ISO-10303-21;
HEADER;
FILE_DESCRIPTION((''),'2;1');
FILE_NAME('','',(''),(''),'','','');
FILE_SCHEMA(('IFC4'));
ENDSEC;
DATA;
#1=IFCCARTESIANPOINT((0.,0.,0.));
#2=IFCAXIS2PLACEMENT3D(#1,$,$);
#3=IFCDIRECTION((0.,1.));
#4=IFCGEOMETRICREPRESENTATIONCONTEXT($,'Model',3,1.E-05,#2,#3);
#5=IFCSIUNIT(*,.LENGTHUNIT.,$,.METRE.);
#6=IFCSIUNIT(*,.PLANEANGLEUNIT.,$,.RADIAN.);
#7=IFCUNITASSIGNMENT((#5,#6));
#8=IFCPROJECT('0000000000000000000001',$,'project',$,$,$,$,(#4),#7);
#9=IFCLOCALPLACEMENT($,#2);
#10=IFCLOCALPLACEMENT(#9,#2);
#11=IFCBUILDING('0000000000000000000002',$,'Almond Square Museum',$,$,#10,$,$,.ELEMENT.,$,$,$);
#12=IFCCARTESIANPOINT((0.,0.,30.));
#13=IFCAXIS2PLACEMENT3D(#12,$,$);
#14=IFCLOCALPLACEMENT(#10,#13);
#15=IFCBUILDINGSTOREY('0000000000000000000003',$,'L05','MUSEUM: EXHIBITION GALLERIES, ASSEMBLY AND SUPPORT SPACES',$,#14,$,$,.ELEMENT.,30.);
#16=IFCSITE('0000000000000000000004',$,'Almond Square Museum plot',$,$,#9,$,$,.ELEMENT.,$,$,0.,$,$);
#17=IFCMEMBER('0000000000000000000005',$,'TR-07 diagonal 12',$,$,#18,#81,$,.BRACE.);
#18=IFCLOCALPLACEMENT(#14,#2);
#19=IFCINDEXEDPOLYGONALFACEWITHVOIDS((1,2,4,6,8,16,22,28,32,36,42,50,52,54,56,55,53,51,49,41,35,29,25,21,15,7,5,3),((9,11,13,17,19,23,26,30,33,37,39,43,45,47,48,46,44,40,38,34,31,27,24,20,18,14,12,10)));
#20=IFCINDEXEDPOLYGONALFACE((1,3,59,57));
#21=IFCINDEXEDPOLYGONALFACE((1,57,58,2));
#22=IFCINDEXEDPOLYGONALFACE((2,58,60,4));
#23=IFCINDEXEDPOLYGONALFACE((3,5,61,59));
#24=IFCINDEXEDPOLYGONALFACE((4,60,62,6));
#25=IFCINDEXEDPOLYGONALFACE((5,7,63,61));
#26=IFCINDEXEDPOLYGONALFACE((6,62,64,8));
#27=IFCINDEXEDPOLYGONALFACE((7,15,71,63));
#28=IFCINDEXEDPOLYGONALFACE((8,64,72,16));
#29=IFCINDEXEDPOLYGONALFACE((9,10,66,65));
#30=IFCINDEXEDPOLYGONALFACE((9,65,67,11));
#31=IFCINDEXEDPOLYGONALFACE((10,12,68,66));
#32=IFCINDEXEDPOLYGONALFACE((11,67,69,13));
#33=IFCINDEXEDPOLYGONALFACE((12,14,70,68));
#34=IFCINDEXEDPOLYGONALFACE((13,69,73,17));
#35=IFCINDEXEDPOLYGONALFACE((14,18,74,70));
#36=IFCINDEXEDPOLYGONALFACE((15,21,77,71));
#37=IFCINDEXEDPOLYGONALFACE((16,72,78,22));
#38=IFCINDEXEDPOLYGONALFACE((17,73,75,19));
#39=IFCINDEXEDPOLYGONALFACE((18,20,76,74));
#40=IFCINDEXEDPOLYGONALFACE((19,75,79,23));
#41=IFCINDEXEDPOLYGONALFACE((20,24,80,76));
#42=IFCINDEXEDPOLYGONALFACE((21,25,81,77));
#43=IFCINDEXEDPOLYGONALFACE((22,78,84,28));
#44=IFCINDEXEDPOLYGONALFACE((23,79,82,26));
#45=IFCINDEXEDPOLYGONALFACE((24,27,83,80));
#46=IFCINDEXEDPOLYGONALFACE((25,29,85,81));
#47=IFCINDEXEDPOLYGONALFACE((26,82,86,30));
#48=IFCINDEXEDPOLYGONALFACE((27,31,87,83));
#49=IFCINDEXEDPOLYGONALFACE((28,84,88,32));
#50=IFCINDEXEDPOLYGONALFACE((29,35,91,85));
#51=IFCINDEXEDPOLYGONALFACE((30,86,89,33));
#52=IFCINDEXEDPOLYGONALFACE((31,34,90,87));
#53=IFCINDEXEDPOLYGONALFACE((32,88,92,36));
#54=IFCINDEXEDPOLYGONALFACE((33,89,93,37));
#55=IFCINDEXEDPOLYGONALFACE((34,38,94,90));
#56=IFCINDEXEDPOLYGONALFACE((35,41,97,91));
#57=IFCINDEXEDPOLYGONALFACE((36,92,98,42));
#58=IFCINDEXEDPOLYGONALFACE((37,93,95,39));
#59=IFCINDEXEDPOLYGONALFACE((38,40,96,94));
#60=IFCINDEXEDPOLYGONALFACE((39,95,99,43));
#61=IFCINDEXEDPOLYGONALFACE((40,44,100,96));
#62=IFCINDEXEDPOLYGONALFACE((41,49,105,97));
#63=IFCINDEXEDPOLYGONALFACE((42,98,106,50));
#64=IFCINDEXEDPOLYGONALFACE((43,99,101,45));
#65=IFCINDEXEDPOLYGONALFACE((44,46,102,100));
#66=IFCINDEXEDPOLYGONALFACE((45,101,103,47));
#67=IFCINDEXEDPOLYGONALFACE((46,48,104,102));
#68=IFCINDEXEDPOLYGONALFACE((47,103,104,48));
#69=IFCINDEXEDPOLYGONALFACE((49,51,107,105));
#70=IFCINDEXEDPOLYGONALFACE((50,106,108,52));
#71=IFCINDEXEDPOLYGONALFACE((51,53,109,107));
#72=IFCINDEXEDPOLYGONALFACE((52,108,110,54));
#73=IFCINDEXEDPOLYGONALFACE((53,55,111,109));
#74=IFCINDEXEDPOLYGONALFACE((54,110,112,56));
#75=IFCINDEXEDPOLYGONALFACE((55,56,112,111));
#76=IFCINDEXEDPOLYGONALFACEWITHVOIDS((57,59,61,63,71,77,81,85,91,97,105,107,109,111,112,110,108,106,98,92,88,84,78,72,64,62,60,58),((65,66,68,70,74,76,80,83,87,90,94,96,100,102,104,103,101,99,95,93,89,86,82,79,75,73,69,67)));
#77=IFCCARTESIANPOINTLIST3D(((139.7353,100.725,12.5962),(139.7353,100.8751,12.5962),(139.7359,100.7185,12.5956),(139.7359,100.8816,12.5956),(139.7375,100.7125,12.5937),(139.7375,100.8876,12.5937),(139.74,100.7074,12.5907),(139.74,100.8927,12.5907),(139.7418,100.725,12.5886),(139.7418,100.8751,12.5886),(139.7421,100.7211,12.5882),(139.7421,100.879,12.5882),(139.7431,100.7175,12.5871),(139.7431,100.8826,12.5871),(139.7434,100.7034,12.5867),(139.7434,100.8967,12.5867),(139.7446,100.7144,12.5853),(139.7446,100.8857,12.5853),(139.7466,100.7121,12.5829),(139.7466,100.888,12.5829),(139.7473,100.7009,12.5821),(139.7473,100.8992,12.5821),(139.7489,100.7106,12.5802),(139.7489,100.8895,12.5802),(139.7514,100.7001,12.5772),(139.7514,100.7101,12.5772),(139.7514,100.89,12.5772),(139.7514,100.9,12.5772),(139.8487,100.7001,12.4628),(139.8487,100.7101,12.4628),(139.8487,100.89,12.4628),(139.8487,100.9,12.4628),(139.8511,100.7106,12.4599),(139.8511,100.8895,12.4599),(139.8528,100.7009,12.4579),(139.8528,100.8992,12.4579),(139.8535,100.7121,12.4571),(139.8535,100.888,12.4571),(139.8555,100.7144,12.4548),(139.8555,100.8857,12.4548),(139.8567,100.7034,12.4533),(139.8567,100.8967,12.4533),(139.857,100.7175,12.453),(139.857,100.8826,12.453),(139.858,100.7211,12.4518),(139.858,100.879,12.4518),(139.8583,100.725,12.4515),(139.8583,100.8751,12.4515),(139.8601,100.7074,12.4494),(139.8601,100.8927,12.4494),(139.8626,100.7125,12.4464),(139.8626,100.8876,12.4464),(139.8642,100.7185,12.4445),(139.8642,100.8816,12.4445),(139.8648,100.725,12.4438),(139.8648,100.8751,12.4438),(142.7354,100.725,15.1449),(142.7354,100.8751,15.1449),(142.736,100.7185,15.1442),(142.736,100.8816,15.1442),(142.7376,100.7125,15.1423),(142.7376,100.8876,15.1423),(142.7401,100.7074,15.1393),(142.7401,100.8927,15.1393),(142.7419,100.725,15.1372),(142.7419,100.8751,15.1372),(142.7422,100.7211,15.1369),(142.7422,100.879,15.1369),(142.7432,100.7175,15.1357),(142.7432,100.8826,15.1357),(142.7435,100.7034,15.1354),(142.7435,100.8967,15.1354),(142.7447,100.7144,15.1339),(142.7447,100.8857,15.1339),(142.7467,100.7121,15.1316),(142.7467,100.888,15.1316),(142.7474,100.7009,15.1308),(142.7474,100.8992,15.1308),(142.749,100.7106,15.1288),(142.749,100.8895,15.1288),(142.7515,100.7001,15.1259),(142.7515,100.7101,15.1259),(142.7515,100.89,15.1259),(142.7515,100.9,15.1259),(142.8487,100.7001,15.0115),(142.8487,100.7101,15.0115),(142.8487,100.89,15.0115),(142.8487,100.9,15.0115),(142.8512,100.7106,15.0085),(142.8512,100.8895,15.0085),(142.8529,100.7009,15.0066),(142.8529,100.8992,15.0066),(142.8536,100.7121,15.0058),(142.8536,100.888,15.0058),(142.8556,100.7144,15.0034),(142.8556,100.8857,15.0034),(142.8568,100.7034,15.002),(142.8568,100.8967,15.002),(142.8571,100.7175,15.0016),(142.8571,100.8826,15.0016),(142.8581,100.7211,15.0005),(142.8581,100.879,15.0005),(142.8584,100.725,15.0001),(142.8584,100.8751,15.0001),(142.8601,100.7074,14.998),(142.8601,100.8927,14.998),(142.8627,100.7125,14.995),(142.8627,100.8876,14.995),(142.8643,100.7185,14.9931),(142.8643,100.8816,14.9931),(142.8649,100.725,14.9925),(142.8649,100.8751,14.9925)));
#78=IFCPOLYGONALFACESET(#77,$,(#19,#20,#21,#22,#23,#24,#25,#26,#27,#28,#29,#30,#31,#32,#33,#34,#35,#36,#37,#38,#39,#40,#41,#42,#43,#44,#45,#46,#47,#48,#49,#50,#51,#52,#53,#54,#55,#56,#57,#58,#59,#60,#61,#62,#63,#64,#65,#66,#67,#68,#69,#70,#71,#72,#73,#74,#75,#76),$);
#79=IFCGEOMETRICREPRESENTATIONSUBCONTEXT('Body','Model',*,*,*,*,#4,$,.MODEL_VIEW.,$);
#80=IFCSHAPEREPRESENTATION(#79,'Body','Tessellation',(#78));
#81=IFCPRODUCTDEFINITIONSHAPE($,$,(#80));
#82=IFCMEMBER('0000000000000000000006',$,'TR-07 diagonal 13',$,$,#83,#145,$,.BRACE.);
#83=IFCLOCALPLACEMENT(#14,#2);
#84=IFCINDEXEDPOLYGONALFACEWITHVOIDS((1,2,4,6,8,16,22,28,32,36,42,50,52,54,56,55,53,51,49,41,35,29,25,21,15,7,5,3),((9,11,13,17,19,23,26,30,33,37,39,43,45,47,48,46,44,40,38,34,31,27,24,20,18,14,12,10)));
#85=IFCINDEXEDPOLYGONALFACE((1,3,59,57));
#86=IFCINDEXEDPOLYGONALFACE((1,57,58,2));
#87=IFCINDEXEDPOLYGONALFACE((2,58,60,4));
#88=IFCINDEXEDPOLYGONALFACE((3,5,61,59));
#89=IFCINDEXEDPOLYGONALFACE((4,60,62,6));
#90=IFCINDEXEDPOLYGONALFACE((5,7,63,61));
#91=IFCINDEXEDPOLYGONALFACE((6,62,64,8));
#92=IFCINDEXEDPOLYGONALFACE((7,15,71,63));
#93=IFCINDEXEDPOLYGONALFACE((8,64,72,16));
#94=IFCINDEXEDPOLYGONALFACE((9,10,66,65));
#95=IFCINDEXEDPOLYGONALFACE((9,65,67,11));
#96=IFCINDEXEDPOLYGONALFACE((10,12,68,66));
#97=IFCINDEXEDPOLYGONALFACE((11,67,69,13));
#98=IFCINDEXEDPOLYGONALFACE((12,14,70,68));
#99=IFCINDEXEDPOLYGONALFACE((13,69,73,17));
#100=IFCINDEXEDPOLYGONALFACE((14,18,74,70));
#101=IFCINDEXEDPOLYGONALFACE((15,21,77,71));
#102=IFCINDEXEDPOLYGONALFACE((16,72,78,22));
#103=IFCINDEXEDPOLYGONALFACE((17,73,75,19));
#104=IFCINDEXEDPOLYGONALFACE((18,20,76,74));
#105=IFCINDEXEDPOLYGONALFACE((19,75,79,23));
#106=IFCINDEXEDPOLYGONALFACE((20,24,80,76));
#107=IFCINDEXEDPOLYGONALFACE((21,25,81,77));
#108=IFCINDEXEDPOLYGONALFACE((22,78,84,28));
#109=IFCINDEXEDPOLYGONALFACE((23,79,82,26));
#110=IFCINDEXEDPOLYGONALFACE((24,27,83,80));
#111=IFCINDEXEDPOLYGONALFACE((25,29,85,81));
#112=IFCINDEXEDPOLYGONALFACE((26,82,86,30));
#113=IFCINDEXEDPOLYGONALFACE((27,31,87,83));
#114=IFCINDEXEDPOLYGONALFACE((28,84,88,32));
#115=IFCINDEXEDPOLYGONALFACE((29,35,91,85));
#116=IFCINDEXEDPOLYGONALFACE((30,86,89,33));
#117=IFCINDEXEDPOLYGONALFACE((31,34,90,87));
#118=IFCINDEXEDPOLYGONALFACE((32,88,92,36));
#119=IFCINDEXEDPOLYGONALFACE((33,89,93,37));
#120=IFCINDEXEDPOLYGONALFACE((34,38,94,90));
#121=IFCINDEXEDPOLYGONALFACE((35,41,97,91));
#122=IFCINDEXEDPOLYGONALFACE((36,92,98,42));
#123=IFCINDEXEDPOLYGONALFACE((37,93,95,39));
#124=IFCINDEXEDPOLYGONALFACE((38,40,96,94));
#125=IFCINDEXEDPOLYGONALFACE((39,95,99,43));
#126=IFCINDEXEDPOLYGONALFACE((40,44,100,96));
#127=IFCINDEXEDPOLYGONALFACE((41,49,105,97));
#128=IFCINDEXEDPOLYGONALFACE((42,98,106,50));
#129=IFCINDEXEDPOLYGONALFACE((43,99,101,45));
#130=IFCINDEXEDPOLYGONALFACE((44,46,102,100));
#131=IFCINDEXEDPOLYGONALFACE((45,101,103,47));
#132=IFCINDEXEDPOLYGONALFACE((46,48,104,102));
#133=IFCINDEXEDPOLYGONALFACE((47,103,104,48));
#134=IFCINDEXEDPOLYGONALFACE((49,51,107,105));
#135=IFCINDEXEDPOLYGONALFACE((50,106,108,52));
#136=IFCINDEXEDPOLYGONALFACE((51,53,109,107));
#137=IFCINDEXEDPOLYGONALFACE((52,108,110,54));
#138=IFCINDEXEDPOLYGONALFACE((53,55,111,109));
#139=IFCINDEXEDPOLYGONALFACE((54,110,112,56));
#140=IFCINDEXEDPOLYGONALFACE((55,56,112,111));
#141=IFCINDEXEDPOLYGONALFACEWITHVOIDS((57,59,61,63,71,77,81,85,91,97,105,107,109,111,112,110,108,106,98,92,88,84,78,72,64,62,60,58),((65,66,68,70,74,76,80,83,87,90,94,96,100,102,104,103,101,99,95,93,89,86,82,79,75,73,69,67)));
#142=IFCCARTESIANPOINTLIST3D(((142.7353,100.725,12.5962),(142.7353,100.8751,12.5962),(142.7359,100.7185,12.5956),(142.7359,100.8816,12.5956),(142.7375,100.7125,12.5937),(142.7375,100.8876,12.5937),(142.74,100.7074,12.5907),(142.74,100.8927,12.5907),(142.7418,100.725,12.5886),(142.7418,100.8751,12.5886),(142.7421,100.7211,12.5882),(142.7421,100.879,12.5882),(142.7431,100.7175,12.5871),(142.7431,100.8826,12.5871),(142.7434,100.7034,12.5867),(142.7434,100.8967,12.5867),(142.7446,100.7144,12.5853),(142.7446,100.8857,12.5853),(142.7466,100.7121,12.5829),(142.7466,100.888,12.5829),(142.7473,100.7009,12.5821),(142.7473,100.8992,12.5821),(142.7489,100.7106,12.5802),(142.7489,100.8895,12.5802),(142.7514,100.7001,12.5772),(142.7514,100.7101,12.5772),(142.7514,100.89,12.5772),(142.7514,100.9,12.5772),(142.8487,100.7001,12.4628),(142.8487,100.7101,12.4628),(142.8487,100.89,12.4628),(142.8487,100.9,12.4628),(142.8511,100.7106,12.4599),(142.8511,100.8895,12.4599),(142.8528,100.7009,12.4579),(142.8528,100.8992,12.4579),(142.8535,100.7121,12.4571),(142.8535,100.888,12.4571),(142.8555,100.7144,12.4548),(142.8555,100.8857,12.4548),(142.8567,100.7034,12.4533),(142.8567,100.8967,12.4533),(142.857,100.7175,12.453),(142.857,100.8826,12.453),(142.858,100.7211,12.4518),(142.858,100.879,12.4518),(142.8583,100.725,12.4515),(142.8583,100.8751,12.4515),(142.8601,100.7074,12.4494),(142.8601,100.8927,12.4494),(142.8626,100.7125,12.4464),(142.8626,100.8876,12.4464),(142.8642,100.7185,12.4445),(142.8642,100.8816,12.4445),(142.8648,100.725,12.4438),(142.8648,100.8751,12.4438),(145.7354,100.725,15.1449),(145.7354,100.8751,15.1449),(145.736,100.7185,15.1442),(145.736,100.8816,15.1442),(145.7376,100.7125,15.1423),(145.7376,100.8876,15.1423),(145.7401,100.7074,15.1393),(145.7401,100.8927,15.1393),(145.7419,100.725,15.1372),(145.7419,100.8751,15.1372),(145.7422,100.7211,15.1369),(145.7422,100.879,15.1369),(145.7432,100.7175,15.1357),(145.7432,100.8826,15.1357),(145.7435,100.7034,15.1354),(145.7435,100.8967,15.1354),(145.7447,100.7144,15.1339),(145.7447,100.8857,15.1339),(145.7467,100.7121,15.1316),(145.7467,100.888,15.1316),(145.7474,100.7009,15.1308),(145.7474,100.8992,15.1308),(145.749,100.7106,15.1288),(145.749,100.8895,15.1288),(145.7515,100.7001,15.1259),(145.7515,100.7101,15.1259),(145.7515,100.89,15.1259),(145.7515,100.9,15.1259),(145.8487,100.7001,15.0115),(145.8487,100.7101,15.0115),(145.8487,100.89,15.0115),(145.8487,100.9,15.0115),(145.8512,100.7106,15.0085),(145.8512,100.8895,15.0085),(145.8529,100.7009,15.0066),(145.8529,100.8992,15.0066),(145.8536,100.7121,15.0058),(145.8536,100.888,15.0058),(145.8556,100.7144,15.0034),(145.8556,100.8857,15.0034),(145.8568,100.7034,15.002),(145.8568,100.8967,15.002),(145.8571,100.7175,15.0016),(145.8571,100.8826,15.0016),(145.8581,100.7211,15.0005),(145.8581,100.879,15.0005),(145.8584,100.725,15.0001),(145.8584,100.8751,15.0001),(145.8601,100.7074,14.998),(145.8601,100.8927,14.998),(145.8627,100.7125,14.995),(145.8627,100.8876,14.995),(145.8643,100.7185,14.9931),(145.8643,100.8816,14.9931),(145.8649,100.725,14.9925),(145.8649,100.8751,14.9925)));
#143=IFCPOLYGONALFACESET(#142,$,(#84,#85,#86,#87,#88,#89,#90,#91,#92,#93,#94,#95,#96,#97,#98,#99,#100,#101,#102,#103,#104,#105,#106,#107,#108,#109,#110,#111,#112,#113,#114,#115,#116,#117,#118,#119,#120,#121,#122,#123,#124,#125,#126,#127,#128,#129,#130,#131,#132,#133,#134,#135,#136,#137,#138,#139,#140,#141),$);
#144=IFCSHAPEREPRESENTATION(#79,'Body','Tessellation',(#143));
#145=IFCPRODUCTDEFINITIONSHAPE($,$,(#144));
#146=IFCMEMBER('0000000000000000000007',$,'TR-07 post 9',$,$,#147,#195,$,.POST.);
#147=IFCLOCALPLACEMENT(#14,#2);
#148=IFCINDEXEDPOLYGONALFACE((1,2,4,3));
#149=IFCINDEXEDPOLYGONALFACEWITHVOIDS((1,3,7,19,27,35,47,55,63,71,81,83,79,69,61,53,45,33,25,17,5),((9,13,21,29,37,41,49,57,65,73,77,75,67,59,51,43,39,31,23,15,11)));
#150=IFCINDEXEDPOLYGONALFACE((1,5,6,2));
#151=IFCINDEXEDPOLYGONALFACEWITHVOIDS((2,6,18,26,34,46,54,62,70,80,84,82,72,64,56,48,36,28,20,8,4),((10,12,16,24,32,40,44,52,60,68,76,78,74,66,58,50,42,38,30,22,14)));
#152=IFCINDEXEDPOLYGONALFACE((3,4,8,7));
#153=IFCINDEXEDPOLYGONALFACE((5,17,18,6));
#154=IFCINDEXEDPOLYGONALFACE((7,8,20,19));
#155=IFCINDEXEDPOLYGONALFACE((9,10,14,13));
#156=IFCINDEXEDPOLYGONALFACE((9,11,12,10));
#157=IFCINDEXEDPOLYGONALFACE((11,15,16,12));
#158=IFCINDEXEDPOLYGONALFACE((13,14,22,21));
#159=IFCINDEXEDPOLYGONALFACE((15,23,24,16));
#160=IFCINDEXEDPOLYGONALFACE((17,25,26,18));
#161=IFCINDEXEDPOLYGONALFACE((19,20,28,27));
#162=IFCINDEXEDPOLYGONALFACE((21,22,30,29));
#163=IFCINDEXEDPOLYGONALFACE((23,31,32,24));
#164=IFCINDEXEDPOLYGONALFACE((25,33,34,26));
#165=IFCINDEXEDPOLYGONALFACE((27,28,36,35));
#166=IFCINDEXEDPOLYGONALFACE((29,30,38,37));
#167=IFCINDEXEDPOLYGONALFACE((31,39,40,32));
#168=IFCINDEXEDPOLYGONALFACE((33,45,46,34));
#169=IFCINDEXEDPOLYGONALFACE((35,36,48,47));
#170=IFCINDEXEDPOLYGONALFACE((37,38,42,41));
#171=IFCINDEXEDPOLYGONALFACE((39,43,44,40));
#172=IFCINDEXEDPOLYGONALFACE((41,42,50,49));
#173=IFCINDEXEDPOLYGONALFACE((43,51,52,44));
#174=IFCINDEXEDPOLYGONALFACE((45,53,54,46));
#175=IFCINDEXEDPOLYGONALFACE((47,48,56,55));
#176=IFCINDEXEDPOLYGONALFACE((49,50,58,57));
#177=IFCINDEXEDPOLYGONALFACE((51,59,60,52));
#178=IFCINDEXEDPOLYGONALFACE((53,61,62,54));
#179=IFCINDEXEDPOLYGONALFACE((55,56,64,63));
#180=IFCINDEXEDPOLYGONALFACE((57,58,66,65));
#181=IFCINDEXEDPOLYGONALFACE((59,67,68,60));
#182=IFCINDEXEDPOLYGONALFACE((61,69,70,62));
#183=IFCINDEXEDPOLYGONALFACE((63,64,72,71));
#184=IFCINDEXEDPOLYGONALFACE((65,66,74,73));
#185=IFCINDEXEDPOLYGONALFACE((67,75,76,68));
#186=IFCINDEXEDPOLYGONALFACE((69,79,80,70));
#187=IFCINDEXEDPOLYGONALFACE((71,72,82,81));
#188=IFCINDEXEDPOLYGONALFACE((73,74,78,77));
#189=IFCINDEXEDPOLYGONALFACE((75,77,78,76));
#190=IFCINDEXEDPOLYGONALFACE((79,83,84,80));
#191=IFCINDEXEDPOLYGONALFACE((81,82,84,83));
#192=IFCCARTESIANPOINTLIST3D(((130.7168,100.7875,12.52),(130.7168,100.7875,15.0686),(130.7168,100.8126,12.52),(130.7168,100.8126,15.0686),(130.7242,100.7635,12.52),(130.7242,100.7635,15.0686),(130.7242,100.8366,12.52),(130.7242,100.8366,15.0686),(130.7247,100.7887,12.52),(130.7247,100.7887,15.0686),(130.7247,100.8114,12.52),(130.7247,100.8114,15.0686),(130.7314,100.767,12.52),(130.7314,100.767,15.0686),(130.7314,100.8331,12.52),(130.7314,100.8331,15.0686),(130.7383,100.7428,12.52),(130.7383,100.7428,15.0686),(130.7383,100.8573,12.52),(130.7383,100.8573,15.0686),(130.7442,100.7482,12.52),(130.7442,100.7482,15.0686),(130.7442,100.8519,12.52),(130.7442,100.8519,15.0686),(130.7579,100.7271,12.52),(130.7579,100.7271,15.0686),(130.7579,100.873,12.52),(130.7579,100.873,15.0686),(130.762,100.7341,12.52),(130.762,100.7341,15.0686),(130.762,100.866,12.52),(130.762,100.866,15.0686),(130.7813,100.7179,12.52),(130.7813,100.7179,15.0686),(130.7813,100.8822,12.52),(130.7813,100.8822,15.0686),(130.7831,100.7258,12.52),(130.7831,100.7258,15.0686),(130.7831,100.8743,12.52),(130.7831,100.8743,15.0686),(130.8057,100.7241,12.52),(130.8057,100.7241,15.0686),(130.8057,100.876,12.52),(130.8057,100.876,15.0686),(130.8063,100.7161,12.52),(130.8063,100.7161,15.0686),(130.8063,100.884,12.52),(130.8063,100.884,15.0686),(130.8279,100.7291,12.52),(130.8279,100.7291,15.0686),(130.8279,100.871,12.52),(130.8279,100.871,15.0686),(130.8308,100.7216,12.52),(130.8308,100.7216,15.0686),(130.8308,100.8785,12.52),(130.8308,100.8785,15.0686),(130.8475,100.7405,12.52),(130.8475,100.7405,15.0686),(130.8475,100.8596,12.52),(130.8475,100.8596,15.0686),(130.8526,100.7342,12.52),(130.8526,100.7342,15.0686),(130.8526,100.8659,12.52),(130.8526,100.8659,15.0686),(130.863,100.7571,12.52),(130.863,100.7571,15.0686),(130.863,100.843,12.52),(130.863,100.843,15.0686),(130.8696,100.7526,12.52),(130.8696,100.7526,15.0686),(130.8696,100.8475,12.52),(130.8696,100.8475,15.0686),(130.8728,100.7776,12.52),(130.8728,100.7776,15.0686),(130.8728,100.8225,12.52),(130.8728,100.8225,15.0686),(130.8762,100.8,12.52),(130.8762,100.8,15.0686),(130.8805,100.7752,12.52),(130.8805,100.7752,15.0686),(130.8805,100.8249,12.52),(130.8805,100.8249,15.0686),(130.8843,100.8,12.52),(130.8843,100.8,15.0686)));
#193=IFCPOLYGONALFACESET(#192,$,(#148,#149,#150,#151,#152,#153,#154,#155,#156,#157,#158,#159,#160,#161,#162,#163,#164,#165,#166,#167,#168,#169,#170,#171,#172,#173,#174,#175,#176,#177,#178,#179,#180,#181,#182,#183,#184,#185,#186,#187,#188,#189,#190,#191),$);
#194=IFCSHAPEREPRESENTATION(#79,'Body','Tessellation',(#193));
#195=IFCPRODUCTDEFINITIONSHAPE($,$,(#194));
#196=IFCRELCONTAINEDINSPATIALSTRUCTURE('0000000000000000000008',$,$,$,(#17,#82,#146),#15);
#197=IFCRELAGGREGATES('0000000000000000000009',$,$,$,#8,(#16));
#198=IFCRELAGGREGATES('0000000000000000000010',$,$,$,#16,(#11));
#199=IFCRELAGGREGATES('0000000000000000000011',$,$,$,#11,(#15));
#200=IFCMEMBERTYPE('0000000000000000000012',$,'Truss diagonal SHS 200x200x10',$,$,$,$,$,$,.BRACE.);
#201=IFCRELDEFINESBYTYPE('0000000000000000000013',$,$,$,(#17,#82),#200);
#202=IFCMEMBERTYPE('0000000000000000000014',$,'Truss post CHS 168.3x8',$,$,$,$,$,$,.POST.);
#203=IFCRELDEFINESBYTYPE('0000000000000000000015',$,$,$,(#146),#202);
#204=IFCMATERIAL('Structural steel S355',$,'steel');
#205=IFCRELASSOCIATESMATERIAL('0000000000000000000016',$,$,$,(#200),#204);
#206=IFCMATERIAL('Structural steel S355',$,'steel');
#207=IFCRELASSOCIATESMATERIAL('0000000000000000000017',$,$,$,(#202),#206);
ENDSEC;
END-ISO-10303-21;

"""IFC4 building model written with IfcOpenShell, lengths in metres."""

from ifc_helpers import new_model, si_unit, direction, frame, origin, origin_2d, place, context, subcontext, project, spatial, hollow_rectangle, hollow_circle, extrude, material, material_profile, profile_set, type_object, element, save


model = new_model("IFC4")

# Units and contexts
model_context = context("Model", 3, precision=1e-05, world=origin(), true_north=direction((0.0, 1.0)))
body_context = subcontext(model_context, "Body", "Model", "MODEL_VIEW")
ifc_project = project(units=[si_unit("LENGTHUNIT", "METRE"), si_unit("PLANEANGLEUNIT", "RADIAN")], contexts=[model_context])

# Site, building, storey
site_placement = place(None, origin())
site = spatial("IfcSite", under=ifc_project, at=site_placement, Name="Almond Square Museum plot", CompositionType="ELEMENT", RefElevation=0.0)
building_placement = place(site_placement, origin())
building = spatial("IfcBuilding", under=site, at=building_placement, Name="Almond Square Museum", CompositionType="ELEMENT")
storey_placement = place(building_placement, frame((0.0, 0.0, 30.0)))
storey = spatial("IfcBuildingStorey", under=building, at=storey_placement, Name="L05", Description="MUSEUM: EXHIBITION GALLERIES, ASSEMBLY AND SUPPORT SPACES", CompositionType="ELEMENT", Elevation=30.0)

# Members
ifc_material_1 = material(Name="Structural steel S355", Category="steel")
ifc_material_profile_1 = material_profile(ifc_material_1, hollow_rectangle(XDim=0.2, YDim=0.2, WallThickness=0.01, InnerFilletRadius=0.0149, OuterFilletRadius=0.0249, at=origin_2d()))
ifc_profile_set_1 = profile_set([ifc_material_profile_1], Name="Structural steel S355")
member_type_1 = type_object("IfcMemberType", Name="Truss diagonal SHS 200x200x10", PredefinedType="BRACE", material=ifc_profile_set_1)
for number, where, z_axis, x_axis, name in (
    (1, (139.8, 100.8, 12.52), (0.762117, 0.0, 0.64744), (0.0, 1.0, 0.0), "TR-07 diagonal 12"),
    (2, (142.8, 100.8, 12.52), (0.762117, 0.0, 0.64744), (0.0, 1.0, 0.0), "TR-07 diagonal 13"),
):
    element("IfcMember", number, at=place(storey_placement, frame(where, z_axis=z_axis, x_axis=x_axis)), inside=storey, type_object=member_type_1, Name=name, PredefinedType="BRACE", context=body_context, shape_type="SweptSolid", body=[
        extrude(hollow_rectangle(XDim=0.2, YDim=0.2, WallThickness=0.01, InnerFilletRadius=0.0149, OuterFilletRadius=0.0249, at=origin_2d()), origin(), (0.0, 0.0, 1.0), 3.9365),
    ])
ifc_material_2 = material(Name="Structural steel S355", Category="steel")
ifc_material_profile_2 = material_profile(ifc_material_2, hollow_circle(Radius=0.0842, WallThickness=0.0081, at=origin_2d()))
ifc_profile_set_2 = profile_set([ifc_material_profile_2], Name="Structural steel S355")
member_type_2 = type_object("IfcMemberType", Name="Truss post CHS 168.3x8", PredefinedType="POST", material=ifc_profile_set_2)
for number, where, z_axis, x_axis, name in (
    (3, (130.8, 100.8, 12.52), (0.0, 0.0, 1.0), (1.0, 0.0, 0.0), "TR-07 post 9"),
):
    element("IfcMember", number, at=place(storey_placement, frame(where, z_axis=z_axis, x_axis=x_axis)), inside=storey, type_object=member_type_2, Name=name, PredefinedType="POST", context=body_context, shape_type="SweptSolid", body=[
        extrude(hollow_circle(Radius=0.0842, WallThickness=0.0081, at=origin_2d()), origin(), (0.0, 0.0, 1.0), 2.5486),
    ])

save(model, "model.ifc")
